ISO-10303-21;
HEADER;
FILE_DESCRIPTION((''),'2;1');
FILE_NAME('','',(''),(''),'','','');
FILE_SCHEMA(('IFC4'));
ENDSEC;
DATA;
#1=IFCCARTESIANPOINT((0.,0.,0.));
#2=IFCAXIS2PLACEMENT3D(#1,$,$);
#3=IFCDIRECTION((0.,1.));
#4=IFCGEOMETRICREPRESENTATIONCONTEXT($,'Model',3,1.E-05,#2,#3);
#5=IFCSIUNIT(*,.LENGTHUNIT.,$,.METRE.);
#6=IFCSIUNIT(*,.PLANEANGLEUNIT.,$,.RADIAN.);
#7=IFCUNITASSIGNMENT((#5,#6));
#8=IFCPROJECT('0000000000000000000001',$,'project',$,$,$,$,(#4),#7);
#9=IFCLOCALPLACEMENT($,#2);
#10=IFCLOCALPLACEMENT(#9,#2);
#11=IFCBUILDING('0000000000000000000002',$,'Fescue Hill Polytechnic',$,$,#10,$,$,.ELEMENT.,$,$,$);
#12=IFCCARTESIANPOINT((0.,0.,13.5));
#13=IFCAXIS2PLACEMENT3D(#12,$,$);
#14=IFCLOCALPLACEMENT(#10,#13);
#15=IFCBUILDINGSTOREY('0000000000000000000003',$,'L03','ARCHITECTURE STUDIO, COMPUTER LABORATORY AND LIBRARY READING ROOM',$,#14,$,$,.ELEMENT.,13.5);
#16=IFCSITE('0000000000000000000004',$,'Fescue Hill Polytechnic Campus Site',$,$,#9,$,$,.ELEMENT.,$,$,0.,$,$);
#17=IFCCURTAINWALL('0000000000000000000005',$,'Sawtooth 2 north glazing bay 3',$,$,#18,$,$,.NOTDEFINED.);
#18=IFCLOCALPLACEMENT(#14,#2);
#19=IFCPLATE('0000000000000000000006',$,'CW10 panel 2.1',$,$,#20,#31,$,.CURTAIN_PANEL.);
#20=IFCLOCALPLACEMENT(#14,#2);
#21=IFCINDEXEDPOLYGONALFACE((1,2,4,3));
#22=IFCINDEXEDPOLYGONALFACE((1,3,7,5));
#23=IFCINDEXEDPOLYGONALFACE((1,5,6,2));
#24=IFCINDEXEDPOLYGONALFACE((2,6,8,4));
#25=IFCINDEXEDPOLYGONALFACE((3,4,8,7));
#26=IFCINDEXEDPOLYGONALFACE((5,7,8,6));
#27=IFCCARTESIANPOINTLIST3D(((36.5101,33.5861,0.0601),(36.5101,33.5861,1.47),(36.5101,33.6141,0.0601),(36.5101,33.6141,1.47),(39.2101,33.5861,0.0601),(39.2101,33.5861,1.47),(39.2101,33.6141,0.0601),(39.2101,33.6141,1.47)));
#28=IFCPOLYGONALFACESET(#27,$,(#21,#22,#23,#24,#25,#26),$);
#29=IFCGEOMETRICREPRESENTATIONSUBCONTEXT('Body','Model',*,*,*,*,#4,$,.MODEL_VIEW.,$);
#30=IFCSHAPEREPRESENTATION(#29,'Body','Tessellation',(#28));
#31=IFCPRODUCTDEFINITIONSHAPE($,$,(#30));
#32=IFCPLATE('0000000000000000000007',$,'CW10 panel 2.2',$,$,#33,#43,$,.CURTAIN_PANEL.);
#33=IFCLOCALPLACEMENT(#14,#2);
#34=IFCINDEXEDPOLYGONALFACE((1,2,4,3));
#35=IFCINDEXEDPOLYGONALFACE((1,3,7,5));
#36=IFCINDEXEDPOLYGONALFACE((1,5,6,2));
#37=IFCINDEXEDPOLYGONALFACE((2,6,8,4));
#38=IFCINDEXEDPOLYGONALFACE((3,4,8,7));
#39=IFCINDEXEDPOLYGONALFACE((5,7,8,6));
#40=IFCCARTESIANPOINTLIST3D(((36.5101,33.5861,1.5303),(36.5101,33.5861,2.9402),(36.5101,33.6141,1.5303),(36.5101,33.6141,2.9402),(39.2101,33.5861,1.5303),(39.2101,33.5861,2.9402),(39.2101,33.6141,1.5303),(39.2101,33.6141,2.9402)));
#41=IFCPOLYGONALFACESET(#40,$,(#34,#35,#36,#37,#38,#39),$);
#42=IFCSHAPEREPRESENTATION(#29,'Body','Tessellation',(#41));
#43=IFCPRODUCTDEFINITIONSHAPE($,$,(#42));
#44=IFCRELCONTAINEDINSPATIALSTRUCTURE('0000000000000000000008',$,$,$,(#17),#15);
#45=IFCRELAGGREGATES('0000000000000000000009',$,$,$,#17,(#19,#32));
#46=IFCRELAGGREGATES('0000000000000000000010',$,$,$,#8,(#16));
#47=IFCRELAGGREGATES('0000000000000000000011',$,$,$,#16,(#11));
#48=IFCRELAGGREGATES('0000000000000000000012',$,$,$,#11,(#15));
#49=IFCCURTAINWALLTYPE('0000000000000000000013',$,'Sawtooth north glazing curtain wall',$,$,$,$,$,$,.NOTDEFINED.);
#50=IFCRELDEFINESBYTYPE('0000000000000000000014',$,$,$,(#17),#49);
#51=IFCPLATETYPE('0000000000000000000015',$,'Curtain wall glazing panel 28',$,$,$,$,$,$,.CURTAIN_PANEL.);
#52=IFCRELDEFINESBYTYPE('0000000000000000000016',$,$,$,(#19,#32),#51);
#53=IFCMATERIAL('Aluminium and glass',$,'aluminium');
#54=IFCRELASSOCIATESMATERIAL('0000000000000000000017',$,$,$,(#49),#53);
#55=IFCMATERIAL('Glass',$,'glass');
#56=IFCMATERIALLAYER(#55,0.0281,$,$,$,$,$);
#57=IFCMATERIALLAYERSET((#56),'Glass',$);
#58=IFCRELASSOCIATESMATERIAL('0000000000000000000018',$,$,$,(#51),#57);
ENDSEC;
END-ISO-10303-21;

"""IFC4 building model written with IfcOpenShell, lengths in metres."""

from ifc_helpers import new_model, si_unit, direction, frame, origin, origin_2d, place, context, subcontext, project, spatial, rectangle, extrude, material, layer, layer_set, type_object, element, aggregate, save


model = new_model("IFC4")

# Units and contexts
model_context = context("Model", 3, precision=1e-05, world=origin(), true_north=direction((0.0, 1.0)))
body_context = subcontext(model_context, "Body", "Model", "MODEL_VIEW")
ifc_project = project(units=[si_unit("LENGTHUNIT", "METRE"), si_unit("PLANEANGLEUNIT", "RADIAN")], contexts=[model_context])

# Site, building, storey
site_placement = place(None, origin())
site = spatial("IfcSite", under=ifc_project, at=site_placement, Name="Fescue Hill Polytechnic Campus Site", CompositionType="ELEMENT", RefElevation=0.0)
building_placement = place(site_placement, origin())
building = spatial("IfcBuilding", under=site, at=building_placement, Name="Fescue Hill Polytechnic", CompositionType="ELEMENT")
storey_placement = place(building_placement, frame((0.0, 0.0, 13.5)))
storey = spatial("IfcBuildingStorey", under=building, at=storey_placement, Name="L03", Description="ARCHITECTURE STUDIO, COMPUTER LABORATORY AND LIBRARY READING ROOM", CompositionType="ELEMENT", Elevation=13.5)

# Curtain wall
ifc_material_1 = material(Name="Aluminium and glass", Category="aluminium")
curtain_wall_type = type_object("IfcCurtainWallType", Name="Sawtooth north glazing curtain wall", PredefinedType="NOTDEFINED", material=ifc_material_1)
curtain_wall_1_placement = place(storey_placement, origin())
curtain_wall_1 = element("IfcCurtainWall", 1, at=curtain_wall_1_placement, inside=storey, type_object=curtain_wall_type, Name="Sawtooth 2 north glazing bay 3", PredefinedType="NOTDEFINED")

# Plates
ifc_material_2 = material(Name="Glass", Category="glass")
ifc_layer = layer(ifc_material_2, 0.0281)
ifc_layer_set = layer_set([ifc_layer], Name="Glass")
plate_type = type_object("IfcPlateType", Name="Curtain wall glazing panel 28", PredefinedType="CURTAIN_PANEL", material=ifc_layer_set)
plate_1_placement = place(storey_placement, frame((37.8601, 33.6001, 0.0601), z_axis=(0.0, 0.0, 1.0), x_axis=(1.0, 0.0, 0.0)))
plate_1 = element("IfcPlate", 2, at=plate_1_placement, type_object=plate_type, Name="CW10 panel 2.1", PredefinedType="CURTAIN_PANEL", context=body_context, shape_type="SweptSolid", body=[
    extrude(rectangle(XDim=2.7, YDim=0.0281, at=origin_2d()), origin(), (0.0, 0.0, 1.0), 1.4099),
])
plate_2_placement = place(storey_placement, frame((37.8601, 33.6001, 1.5303), z_axis=(0.0, 0.0, 1.0), x_axis=(1.0, 0.0, 0.0)))
plate_2 = element("IfcPlate", 3, at=plate_2_placement, type_object=plate_type, Name="CW10 panel 2.2", PredefinedType="CURTAIN_PANEL", context=body_context, shape_type="SweptSolid", body=[
    extrude(rectangle(XDim=2.7, YDim=0.0281, at=origin_2d()), origin(), (0.0, 0.0, 1.0), 1.4099),
])
aggregate(curtain_wall_1, [plate_1, plate_2])

save(model, "model.ifc")
